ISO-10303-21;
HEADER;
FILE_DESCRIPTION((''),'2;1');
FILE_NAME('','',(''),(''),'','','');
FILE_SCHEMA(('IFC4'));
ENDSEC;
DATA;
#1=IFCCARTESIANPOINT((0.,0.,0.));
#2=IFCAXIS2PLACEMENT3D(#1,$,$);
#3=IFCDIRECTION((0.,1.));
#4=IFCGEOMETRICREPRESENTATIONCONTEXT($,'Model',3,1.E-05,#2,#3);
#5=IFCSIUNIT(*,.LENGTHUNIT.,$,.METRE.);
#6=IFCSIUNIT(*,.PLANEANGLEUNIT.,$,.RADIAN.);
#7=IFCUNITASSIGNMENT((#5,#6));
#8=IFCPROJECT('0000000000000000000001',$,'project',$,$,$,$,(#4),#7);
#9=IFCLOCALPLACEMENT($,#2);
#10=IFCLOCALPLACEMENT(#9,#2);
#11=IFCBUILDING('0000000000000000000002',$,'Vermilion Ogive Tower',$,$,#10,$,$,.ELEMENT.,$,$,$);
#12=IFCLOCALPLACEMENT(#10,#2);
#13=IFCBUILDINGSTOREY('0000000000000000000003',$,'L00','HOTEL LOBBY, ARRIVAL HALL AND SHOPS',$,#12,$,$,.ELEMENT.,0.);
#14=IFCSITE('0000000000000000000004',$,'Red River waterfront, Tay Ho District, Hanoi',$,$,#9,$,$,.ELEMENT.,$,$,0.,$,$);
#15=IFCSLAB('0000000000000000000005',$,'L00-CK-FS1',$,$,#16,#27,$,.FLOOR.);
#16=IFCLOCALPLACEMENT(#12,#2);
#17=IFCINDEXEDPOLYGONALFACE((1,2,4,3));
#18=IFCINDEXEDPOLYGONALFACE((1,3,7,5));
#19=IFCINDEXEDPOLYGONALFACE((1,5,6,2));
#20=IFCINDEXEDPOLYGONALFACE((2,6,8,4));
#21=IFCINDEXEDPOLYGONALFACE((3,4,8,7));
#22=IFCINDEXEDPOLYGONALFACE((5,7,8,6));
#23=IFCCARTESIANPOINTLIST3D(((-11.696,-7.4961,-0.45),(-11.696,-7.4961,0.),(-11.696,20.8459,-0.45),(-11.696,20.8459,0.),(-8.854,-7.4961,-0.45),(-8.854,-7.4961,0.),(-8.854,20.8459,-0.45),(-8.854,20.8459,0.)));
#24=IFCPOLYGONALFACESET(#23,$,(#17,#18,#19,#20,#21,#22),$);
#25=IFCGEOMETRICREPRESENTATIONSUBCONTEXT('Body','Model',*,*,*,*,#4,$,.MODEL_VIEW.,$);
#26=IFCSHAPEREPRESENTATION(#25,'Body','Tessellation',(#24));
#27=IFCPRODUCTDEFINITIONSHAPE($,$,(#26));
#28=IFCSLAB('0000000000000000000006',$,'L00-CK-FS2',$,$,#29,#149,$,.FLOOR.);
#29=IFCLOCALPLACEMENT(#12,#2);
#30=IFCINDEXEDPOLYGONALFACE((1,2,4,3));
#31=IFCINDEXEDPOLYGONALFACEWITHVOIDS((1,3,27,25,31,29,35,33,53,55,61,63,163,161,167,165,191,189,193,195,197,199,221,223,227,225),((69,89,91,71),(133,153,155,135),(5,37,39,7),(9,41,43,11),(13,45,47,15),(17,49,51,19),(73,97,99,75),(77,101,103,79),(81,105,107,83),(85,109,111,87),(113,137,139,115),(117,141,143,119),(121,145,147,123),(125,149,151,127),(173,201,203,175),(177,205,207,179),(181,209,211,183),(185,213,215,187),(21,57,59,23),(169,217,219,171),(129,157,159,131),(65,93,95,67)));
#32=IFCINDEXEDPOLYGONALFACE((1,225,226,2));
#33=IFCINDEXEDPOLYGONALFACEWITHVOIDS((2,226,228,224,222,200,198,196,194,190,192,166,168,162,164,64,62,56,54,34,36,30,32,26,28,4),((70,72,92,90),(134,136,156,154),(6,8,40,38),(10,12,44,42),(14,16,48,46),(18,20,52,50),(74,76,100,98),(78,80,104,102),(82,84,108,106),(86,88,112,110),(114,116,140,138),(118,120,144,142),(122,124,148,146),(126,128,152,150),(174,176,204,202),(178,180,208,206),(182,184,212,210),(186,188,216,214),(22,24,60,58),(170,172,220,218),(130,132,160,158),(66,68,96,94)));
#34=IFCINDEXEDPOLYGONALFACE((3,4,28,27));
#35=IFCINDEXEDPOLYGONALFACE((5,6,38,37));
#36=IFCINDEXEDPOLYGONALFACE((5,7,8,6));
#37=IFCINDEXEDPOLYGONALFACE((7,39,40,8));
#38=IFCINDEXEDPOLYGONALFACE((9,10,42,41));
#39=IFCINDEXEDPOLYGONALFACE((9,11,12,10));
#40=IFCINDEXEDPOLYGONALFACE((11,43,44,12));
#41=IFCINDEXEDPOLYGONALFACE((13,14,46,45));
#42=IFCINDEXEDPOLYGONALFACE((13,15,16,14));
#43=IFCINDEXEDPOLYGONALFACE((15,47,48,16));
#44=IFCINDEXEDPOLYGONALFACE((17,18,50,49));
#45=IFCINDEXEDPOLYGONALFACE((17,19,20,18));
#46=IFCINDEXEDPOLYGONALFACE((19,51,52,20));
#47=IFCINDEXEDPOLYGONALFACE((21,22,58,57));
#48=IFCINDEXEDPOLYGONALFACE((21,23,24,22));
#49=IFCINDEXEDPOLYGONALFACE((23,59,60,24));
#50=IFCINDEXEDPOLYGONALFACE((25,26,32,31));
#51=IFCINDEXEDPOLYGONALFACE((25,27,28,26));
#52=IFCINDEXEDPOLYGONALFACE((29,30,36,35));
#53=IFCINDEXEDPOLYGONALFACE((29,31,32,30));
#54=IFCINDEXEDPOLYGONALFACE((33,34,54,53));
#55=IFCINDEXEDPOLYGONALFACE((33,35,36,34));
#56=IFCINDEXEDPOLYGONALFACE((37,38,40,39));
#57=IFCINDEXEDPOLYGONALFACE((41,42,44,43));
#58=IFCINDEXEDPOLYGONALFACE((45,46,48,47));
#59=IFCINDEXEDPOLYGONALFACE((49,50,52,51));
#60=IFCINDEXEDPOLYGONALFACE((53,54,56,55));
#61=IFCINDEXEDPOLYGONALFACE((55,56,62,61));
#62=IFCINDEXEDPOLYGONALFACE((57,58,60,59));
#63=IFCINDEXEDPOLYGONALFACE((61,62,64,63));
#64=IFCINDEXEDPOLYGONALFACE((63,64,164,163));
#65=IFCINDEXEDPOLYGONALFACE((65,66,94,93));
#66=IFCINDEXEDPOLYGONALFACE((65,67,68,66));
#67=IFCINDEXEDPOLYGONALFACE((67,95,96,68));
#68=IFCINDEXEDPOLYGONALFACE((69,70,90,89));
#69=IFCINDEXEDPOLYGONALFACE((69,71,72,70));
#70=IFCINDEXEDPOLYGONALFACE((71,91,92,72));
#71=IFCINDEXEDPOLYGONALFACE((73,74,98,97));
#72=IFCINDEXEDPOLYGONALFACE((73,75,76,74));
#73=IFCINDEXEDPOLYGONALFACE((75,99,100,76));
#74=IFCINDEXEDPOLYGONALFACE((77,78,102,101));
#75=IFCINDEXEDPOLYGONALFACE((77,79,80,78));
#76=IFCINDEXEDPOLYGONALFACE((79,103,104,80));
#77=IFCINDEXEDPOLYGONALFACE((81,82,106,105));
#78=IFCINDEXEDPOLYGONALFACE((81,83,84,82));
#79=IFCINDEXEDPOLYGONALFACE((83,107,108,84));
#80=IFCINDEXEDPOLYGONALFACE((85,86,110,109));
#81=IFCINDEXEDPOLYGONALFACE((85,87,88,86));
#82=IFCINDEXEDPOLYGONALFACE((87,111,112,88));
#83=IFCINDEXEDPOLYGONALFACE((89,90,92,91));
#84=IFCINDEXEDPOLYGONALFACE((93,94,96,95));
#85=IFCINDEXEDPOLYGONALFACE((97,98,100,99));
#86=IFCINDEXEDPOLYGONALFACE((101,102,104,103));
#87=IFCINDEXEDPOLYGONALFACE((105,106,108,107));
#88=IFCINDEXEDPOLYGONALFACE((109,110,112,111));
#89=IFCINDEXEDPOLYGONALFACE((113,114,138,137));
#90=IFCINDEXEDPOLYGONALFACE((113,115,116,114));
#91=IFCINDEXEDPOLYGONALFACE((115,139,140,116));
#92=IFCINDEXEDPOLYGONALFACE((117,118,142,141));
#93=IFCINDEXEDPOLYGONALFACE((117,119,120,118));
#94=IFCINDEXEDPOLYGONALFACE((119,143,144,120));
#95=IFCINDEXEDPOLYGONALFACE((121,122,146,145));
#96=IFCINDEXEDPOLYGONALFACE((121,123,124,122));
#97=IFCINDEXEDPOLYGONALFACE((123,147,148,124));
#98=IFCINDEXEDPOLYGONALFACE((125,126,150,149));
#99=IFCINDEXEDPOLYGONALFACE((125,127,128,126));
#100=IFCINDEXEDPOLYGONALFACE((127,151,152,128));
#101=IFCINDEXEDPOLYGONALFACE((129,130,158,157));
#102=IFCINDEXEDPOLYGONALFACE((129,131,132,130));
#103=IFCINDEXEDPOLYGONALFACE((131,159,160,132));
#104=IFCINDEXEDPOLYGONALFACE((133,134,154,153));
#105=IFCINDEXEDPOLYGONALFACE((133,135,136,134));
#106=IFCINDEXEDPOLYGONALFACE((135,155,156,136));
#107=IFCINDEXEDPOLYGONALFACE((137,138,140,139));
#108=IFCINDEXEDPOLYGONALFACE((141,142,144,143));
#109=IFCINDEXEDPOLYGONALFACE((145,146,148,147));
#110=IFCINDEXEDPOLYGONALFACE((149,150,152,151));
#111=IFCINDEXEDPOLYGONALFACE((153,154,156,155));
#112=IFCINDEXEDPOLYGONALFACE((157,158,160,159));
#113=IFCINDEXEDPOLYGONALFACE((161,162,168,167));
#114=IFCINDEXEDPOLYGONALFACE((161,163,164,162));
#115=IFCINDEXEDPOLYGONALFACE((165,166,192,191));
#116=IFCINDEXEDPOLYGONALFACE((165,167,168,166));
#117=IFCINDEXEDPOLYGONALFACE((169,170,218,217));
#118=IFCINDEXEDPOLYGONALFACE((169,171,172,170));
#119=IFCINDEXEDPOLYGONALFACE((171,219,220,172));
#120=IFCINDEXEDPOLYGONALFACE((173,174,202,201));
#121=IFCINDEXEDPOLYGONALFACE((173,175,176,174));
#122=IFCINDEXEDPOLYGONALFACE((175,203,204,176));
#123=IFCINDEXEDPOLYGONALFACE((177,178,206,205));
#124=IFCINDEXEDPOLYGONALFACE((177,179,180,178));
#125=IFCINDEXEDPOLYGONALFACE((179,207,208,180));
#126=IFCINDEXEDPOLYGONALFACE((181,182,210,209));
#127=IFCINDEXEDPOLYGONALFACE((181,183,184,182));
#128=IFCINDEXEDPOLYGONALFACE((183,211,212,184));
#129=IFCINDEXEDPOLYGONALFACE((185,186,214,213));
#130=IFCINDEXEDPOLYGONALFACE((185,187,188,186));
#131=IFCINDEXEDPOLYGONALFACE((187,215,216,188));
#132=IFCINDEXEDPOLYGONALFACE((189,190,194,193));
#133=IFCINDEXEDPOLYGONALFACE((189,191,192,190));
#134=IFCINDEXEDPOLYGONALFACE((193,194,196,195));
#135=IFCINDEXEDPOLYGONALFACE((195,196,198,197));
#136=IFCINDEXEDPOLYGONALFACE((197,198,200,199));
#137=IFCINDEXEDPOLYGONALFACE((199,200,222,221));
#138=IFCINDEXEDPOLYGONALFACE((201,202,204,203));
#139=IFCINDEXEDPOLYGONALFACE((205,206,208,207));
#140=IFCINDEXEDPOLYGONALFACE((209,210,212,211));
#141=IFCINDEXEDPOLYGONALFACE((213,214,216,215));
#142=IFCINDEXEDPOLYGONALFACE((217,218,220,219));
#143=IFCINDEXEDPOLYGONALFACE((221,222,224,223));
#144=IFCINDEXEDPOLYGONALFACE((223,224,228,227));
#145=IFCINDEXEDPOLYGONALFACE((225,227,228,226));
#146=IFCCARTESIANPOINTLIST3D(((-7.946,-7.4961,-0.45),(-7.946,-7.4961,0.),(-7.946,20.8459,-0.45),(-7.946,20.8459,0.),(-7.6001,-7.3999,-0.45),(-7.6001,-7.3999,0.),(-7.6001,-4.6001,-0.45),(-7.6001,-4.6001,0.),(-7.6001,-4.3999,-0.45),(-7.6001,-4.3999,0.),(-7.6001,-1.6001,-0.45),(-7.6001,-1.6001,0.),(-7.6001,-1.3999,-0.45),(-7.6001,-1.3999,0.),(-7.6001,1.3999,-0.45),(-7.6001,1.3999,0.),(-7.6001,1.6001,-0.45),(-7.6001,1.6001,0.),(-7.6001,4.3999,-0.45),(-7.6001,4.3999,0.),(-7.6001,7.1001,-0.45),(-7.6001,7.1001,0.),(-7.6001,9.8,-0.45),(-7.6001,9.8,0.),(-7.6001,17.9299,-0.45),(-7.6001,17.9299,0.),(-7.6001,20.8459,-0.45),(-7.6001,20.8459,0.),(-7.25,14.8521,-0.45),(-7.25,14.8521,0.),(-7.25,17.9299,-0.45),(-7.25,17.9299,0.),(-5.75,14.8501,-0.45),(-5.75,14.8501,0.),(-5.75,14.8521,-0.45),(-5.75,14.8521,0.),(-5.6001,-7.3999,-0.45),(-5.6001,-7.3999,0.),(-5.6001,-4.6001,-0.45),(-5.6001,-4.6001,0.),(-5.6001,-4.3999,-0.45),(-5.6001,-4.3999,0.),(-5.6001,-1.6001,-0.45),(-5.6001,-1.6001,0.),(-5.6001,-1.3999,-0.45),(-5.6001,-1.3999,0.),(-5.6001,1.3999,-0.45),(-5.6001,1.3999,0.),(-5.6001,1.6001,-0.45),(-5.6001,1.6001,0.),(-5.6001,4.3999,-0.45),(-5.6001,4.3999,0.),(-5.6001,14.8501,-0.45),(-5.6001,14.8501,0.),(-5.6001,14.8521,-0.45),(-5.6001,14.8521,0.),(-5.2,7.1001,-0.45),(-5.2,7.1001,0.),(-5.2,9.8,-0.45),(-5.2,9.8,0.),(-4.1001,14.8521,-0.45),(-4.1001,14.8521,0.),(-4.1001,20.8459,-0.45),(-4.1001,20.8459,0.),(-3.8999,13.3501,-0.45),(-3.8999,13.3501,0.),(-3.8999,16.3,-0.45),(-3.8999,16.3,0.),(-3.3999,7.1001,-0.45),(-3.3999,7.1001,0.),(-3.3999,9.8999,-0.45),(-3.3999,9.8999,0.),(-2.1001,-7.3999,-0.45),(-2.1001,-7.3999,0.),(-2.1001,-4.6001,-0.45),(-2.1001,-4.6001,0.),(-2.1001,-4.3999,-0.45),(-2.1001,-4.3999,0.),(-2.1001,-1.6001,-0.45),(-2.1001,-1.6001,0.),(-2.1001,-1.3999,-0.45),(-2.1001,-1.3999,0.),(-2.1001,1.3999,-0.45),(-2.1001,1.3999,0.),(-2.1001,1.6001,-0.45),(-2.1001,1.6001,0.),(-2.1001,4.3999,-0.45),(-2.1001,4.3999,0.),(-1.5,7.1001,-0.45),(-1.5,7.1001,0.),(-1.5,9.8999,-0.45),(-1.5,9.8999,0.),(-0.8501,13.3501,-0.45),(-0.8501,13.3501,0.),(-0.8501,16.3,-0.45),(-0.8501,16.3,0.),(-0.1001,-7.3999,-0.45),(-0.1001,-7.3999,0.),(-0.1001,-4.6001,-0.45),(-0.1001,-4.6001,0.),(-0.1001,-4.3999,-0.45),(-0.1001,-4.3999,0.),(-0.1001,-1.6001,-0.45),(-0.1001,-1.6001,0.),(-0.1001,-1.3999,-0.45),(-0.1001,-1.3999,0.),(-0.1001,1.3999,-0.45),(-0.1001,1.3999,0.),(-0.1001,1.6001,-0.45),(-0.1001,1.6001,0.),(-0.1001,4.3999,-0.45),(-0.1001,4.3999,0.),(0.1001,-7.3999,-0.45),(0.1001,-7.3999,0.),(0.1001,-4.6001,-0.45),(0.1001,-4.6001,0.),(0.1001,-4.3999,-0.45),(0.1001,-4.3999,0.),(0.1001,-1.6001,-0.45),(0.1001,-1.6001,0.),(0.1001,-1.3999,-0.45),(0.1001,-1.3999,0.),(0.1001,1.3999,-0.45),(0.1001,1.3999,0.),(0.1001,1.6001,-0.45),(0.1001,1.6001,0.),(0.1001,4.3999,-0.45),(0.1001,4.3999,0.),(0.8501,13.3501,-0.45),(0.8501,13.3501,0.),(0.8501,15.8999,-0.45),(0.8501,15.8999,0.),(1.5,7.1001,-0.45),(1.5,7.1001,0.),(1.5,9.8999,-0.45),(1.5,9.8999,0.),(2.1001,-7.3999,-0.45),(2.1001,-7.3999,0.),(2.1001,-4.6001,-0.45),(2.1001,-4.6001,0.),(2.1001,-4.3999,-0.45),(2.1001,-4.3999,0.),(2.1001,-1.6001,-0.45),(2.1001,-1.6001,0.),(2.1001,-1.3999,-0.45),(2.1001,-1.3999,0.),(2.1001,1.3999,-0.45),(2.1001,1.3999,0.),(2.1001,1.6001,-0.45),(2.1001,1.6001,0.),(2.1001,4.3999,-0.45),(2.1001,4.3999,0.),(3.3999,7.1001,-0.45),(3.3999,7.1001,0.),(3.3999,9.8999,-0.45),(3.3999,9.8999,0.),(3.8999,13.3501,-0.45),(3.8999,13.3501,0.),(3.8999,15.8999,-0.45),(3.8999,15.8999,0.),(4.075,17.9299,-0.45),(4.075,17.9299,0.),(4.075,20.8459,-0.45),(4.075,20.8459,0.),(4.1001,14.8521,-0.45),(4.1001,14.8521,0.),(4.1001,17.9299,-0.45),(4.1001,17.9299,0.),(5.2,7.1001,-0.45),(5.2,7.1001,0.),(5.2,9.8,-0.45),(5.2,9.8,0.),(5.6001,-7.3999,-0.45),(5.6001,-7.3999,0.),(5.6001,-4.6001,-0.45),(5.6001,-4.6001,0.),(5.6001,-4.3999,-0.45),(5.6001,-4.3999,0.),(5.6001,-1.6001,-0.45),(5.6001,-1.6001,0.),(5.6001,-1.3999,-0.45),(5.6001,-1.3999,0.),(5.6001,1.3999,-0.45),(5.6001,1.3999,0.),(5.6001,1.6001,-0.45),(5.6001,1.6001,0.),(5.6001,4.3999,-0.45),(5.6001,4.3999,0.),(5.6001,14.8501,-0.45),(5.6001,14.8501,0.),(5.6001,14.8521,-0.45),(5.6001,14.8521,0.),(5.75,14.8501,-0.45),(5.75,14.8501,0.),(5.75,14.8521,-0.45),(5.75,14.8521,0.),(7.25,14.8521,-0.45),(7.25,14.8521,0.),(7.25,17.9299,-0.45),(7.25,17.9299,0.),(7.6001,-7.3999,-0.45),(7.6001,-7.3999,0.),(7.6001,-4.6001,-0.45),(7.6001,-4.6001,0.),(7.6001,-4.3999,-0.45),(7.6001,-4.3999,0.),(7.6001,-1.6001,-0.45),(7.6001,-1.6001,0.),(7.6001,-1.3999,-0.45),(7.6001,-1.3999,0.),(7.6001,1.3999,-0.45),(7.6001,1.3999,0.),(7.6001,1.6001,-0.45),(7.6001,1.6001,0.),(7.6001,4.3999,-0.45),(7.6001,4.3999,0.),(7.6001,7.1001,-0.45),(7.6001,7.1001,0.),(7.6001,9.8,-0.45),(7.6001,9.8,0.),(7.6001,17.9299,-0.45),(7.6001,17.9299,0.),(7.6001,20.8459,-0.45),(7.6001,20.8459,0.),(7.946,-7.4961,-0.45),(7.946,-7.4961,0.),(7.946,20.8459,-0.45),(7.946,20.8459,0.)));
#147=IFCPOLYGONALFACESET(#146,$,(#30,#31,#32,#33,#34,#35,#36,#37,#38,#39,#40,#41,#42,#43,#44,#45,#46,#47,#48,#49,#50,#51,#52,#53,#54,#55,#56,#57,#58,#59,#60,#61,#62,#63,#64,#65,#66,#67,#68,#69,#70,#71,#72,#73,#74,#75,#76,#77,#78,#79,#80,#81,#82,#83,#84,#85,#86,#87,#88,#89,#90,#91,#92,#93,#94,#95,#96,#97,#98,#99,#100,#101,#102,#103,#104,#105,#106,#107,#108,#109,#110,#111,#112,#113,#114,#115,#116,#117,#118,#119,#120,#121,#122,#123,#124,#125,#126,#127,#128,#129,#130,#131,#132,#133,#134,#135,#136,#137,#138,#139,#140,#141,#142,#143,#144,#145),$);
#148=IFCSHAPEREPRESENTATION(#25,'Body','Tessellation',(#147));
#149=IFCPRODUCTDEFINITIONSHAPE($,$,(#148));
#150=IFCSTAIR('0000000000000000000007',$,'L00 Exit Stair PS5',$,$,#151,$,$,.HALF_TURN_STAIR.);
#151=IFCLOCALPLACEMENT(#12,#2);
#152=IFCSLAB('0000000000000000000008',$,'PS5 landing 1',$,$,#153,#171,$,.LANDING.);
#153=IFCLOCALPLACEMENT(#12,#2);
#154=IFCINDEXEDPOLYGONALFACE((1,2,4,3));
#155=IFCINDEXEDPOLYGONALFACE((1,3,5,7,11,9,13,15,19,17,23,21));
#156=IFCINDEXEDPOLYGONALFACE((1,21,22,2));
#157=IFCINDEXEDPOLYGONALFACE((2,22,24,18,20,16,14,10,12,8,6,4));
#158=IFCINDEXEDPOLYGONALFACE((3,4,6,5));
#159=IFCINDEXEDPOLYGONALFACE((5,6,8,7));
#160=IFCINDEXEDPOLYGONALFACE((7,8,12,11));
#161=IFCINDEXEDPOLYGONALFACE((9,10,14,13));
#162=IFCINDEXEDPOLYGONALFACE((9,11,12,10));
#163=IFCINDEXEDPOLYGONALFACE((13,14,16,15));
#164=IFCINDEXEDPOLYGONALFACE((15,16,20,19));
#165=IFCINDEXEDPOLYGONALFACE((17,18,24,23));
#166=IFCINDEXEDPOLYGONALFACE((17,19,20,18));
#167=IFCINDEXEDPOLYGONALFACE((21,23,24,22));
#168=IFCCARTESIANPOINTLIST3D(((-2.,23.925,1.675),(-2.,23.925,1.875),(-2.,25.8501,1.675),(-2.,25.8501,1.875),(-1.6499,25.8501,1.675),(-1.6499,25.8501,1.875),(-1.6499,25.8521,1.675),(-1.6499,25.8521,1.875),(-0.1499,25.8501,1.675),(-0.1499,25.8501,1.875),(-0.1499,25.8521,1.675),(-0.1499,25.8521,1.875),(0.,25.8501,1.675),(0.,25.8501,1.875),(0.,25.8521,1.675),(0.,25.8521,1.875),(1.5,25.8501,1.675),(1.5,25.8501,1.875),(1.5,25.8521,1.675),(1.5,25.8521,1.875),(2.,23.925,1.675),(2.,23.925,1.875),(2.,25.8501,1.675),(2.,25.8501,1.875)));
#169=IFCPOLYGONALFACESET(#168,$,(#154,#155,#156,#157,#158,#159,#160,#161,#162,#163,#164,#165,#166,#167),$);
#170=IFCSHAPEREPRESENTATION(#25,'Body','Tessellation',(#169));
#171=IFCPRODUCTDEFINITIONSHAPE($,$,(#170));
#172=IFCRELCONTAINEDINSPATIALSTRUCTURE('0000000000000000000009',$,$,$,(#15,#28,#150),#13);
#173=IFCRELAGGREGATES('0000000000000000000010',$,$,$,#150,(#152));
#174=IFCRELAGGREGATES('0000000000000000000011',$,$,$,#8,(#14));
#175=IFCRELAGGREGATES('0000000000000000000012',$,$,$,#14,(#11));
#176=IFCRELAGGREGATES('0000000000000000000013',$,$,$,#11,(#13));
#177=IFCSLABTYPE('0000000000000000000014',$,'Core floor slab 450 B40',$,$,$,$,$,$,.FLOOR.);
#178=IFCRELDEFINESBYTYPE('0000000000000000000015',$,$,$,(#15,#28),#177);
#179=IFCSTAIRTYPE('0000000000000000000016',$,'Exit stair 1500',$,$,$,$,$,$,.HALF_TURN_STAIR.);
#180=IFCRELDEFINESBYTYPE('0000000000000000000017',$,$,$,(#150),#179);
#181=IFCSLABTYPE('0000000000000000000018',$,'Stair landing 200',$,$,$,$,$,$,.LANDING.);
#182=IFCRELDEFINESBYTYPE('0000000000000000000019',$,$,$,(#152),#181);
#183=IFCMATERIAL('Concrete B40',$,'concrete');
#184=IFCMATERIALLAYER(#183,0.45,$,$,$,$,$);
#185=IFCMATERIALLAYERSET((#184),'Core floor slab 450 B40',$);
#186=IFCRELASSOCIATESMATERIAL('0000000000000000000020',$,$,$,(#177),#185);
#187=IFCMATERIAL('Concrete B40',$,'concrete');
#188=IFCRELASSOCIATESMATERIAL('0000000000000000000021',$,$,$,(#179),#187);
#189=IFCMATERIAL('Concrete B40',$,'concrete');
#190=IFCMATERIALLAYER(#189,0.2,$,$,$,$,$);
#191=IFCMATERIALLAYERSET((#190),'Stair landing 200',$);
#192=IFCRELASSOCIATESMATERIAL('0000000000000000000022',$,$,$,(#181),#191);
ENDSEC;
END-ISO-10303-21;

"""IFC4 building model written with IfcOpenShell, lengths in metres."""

from ifc_helpers import new_model, si_unit, direction, frame, origin, place, context, subcontext, project, spatial, polyline, outline, extrude, material, layer, layer_set, type_object, element, aggregate, save


model = new_model("IFC4")

# Units and contexts
model_context = context("Model", 3, precision=1e-05, world=origin(), true_north=direction((0.0, 1.0)))
body_context = subcontext(model_context, "Body", "Model", "MODEL_VIEW")
ifc_project = project(units=[si_unit("LENGTHUNIT", "METRE"), si_unit("PLANEANGLEUNIT", "RADIAN")], contexts=[model_context])

# Site, building, storey
site_placement = place(None, origin())
site = spatial("IfcSite", under=ifc_project, at=site_placement, Name="Red River waterfront, Tay Ho District, Hanoi", CompositionType="ELEMENT", RefElevation=0.0)
building_placement = place(site_placement, origin())
building = spatial("IfcBuilding", under=site, at=building_placement, Name="Vermilion Ogive Tower", CompositionType="ELEMENT")
storey_placement = place(building_placement, origin())
storey = spatial("IfcBuildingStorey", under=building, at=storey_placement, Name="L00", Description="HOTEL LOBBY, ARRIVAL HALL AND SHOPS", CompositionType="ELEMENT", Elevation=0.0)

# Slabs
ifc_material_1 = material(Name="Concrete B40", Category="concrete")
ifc_layer_1 = layer(ifc_material_1, 0.45)
ifc_layer_set_1 = layer_set([ifc_layer_1], Name="Core floor slab 450 B40")
slab_type_1 = type_object("IfcSlabType", Name="Core floor slab 450 B40", PredefinedType="FLOOR", material=ifc_layer_set_1)
slab_1_placement = place(storey_placement, frame((0.0, 0.0, -0.45)))
element("IfcSlab", 1, at=slab_1_placement, inside=storey, type_object=slab_type_1, Name="L00-CK-FS1", PredefinedType="FLOOR", context=body_context, shape_type="SweptSolid", body=[
    extrude(outline(polyline([(-8.854, -7.4961), (-11.696, -7.4961), (-11.696, 20.8459), (-8.854, 20.8459), (-8.854, -7.4961)])), origin(), (0.0, 0.0, 1.0), 0.45),
])
slab_2_placement = place(storey_placement, frame((0.0, 0.0, -0.45)))
element("IfcSlab", 2, at=slab_2_placement, inside=storey, type_object=slab_type_1, Name="L00-CK-FS2", PredefinedType="FLOOR", context=body_context, shape_type="SweptSolid", body=[
    extrude(outline(polyline([(5.75, 14.8501), (5.6001, 14.8501), (5.6001, 14.8521), (4.1001, 14.8521), (4.1001, 17.9299), (4.075, 17.9299), (4.075, 20.8459), (-4.1001, 20.8459), (-4.1001, 14.8521), (-5.6001, 14.8521), (-5.6001, 14.8501), (-5.75, 14.8501), (-5.75, 14.8521), (-7.25, 14.8521), (-7.25, 17.9299), (-7.6001, 17.9299), (-7.6001, 20.8459), (-7.946, 20.8459), (-7.946, -7.4961), (7.946, -7.4961), (7.946, 20.8459), (7.6001, 20.8459), (7.6001, 17.9299), (7.25, 17.9299), (7.25, 14.8521), (5.75, 14.8521), (5.75, 14.8501)]), holes=[polyline([(-7.6001, -4.6001), (-5.6001, -4.6001), (-5.6001, -7.3999), (-7.6001, -7.3999), (-7.6001, -4.6001)]), polyline([(-2.1001, -4.6001), (-0.1001, -4.6001), (-0.1001, -7.3999), (-2.1001, -7.3999), (-2.1001, -4.6001)]), polyline([(-7.6001, -1.6001), (-5.6001, -1.6001), (-5.6001, -4.3999), (-7.6001, -4.3999), (-7.6001, -1.6001)]), polyline([(-2.1001, -1.6001), (-0.1001, -1.6001), (-0.1001, -4.3999), (-2.1001, -4.3999), (-2.1001, -1.6001)]), polyline([(-7.6001, 1.3999), (-5.6001, 1.3999), (-5.6001, -1.3999), (-7.6001, -1.3999), (-7.6001, 1.3999)]), polyline([(-2.1001, 1.3999), (-0.1001, 1.3999), (-0.1001, -1.3999), (-2.1001, -1.3999), (-2.1001, 1.3999)]), polyline([(0.1001, 1.3999), (2.1001, 1.3999), (2.1001, -1.3999), (0.1001, -1.3999), (0.1001, 1.3999)]), polyline([(-7.6001, 4.3999), (-5.6001, 4.3999), (-5.6001, 1.6001), (-7.6001, 1.6001), (-7.6001, 4.3999)]), polyline([(-2.1001, 4.3999), (-0.1001, 4.3999), (-0.1001, 1.6001), (-2.1001, 1.6001), (-2.1001, 4.3999)]), polyline([(-7.6001, 9.8), (-5.2, 9.8), (-5.2, 7.1001), (-7.6001, 7.1001), (-7.6001, 9.8)]), polyline([(-3.3999, 9.8999), (-1.5, 9.8999), (-1.5, 7.1001), (-3.3999, 7.1001), (-3.3999, 9.8999)]), polyline([(-3.8999, 16.3), (-0.8501, 16.3), (-0.8501, 13.3501), (-3.8999, 13.3501), (-3.8999, 16.3)]), polyline([(0.1001, -4.6001), (2.1001, -4.6001), (2.1001, -7.3999), (0.1001, -7.3999), (0.1001, -4.6001)]), polyline([(5.6001, -4.6001), (7.6001, -4.6001), (7.6001, -7.3999), (5.6001, -7.3999), (5.6001, -4.6001)]), polyline([(0.1001, -1.6001), (2.1001, -1.6001), (2.1001, -4.3999), (0.1001, -4.3999), (0.1001, -1.6001)]), polyline([(5.6001, -1.6001), (7.6001, -1.6001), (7.6001, -4.3999), (5.6001, -4.3999), (5.6001, -1.6001)]), polyline([(5.6001, 1.3999), (7.6001, 1.3999), (7.6001, -1.3999), (5.6001, -1.3999), (5.6001, 1.3999)]), polyline([(0.1001, 4.3999), (2.1001, 4.3999), (2.1001, 1.6001), (0.1001, 1.6001), (0.1001, 4.3999)]), polyline([(5.6001, 4.3999), (7.6001, 4.3999), (7.6001, 1.6001), (5.6001, 1.6001), (5.6001, 4.3999)]), polyline([(5.2, 9.8), (7.6001, 9.8), (7.6001, 7.1001), (5.2, 7.1001), (5.2, 9.8)]), polyline([(1.5, 9.8999), (3.3999, 9.8999), (3.3999, 7.1001), (1.5, 7.1001), (1.5, 9.8999)]), polyline([(0.8501, 15.8999), (3.8999, 15.8999), (3.8999, 13.3501), (0.8501, 13.3501), (0.8501, 15.8999)])]), origin(), (0.0, 0.0, 1.0), 0.45),
])

# Stair, slab
ifc_material_2 = material(Name="Concrete B40", Category="concrete")
stair_type = type_object("IfcStairType", Name="Exit stair 1500", PredefinedType="HALF_TURN_STAIR", material=ifc_material_2)
stair_1_placement = place(storey_placement, origin())
stair_1 = element("IfcStair", 3, at=stair_1_placement, inside=storey, type_object=stair_type, Name="L00 Exit Stair PS5", PredefinedType="HALF_TURN_STAIR")
ifc_material_3 = material(Name="Concrete B40", Category="concrete")
ifc_layer_2 = layer(ifc_material_3, 0.2)
ifc_layer_set_2 = layer_set([ifc_layer_2], Name="Stair landing 200")
slab_type_2 = type_object("IfcSlabType", Name="Stair landing 200", PredefinedType="LANDING", material=ifc_layer_set_2)
slab_3_placement = place(storey_placement, frame((0.0, 0.0, 1.675)))
slab_3 = element("IfcSlab", 4, at=slab_3_placement, type_object=slab_type_2, Name="PS5 landing 1", PredefinedType="LANDING", context=body_context, shape_type="SweptSolid", body=[
    extrude(outline(polyline([(2.0, 25.8501), (1.5, 25.8501), (1.5, 25.8521), (0.0, 25.8521), (0.0, 25.8501), (-0.1499, 25.8501), (-0.1499, 25.8521), (-1.6499, 25.8521), (-1.6499, 25.8501), (-2.0, 25.8501), (-2.0, 23.925), (2.0, 23.925), (2.0, 25.8501)])), origin(), (0.0, 0.0, 1.0), 0.2),
])
aggregate(stair_1, [slab_3])

save(model, "model.ifc")
